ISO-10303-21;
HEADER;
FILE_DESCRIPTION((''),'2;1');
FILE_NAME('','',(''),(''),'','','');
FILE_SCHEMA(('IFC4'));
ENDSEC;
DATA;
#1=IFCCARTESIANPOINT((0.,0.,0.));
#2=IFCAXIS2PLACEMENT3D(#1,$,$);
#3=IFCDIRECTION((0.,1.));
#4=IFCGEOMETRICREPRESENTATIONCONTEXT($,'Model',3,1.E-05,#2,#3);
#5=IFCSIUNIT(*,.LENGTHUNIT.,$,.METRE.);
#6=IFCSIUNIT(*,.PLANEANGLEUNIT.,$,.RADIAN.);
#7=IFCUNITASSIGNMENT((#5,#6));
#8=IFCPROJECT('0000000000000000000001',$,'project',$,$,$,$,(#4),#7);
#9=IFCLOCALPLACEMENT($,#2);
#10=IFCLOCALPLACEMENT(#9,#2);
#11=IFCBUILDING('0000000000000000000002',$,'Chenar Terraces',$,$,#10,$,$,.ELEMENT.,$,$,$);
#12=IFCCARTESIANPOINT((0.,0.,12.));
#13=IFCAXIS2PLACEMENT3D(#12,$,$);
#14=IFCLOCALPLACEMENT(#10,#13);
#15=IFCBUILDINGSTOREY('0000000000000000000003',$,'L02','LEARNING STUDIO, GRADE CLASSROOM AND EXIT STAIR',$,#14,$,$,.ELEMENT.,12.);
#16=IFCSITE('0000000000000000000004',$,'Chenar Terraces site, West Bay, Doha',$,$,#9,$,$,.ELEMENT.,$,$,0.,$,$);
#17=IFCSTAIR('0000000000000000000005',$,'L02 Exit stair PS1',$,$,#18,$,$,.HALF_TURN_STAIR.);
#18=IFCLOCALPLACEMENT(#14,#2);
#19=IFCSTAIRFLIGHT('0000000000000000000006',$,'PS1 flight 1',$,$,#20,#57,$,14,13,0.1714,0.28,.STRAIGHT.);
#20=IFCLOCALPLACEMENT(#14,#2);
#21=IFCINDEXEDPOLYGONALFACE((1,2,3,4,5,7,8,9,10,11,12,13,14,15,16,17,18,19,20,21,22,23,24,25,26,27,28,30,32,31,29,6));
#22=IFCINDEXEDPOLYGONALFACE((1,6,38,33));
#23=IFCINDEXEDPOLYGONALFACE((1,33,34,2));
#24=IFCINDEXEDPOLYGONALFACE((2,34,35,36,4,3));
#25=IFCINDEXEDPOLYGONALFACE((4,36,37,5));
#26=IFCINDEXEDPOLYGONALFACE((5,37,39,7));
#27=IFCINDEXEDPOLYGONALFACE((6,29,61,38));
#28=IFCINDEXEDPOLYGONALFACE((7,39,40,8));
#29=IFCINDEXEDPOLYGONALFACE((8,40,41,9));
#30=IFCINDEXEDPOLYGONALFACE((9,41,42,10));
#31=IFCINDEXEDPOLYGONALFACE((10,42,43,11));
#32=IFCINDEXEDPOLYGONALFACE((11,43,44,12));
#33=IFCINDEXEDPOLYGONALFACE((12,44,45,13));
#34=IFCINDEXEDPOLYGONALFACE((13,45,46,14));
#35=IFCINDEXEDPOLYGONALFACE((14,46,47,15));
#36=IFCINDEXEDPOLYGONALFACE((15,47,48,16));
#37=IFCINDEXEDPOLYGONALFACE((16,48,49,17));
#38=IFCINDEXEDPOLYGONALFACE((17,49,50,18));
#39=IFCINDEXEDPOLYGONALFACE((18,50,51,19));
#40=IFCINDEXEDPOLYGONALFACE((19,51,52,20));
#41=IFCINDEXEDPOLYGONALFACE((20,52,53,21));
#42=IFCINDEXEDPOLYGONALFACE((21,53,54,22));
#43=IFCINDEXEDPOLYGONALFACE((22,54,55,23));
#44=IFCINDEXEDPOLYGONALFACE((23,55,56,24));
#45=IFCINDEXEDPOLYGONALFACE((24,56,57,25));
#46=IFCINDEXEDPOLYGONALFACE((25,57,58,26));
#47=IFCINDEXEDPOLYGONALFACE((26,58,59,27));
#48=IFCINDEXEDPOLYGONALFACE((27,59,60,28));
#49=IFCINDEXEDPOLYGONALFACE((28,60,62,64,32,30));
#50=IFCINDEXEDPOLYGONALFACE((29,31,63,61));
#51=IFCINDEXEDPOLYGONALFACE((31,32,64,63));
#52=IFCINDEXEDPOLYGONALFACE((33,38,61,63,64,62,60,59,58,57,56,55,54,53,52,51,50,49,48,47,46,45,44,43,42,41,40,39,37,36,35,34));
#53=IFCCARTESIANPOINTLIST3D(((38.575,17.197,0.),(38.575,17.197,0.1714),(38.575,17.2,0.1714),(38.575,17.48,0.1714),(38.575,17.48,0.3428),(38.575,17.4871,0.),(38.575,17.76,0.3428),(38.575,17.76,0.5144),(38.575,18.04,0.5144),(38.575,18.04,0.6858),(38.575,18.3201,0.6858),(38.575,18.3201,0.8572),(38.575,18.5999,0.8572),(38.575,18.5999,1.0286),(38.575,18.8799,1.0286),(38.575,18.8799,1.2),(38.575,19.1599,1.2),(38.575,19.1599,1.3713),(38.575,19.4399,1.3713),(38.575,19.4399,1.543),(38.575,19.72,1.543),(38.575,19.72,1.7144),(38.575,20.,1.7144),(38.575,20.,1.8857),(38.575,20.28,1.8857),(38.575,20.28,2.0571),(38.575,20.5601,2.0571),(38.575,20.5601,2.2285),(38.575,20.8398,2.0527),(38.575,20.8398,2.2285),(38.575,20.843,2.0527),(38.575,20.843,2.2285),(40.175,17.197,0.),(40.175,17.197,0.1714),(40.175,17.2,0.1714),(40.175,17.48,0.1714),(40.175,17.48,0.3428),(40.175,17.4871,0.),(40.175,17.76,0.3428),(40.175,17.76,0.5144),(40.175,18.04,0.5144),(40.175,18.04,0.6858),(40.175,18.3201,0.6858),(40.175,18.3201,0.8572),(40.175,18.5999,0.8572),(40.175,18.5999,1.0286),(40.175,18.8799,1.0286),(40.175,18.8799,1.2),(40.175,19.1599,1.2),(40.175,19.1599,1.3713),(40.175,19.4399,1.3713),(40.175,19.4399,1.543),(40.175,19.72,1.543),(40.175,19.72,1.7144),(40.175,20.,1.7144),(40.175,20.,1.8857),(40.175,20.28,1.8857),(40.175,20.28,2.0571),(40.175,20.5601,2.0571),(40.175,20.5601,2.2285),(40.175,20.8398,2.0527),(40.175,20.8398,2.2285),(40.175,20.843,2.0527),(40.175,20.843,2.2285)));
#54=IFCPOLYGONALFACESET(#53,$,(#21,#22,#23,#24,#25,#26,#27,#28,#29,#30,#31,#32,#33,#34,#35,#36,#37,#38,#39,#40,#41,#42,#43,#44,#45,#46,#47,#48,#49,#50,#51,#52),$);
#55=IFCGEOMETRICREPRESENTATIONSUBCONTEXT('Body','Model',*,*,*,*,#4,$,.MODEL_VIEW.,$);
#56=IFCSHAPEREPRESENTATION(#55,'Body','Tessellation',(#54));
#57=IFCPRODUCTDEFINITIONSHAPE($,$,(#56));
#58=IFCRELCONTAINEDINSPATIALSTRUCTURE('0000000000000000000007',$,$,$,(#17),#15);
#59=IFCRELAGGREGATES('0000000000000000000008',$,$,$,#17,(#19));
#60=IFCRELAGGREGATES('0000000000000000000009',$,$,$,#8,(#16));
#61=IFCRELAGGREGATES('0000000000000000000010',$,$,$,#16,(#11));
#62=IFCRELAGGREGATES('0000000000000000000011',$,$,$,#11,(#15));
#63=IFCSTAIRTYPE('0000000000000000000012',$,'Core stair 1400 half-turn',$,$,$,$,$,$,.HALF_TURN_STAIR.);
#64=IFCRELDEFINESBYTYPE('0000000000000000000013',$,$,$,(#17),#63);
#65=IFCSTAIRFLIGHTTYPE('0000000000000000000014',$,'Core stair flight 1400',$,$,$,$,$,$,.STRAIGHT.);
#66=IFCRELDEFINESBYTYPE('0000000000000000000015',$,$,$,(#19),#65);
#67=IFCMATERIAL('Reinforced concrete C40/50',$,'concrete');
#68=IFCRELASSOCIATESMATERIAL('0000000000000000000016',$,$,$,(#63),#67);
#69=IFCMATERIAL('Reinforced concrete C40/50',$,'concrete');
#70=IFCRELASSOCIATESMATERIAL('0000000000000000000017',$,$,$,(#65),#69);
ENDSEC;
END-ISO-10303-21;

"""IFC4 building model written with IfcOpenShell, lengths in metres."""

from ifc_helpers import new_model, si_unit, direction, frame, origin, place, context, subcontext, project, spatial, polyline, outline, extrude, material, type_object, element, aggregate, save


model = new_model("IFC4")

# Units and contexts
model_context = context("Model", 3, precision=1e-05, world=origin(), true_north=direction((0.0, 1.0)))
body_context = subcontext(model_context, "Body", "Model", "MODEL_VIEW")
ifc_project = project(units=[si_unit("LENGTHUNIT", "METRE"), si_unit("PLANEANGLEUNIT", "RADIAN")], contexts=[model_context])

# Site, building, storey
site_placement = place(None, origin())
site = spatial("IfcSite", under=ifc_project, at=site_placement, Name="Chenar Terraces site, West Bay, Doha", CompositionType="ELEMENT", RefElevation=0.0)
building_placement = place(site_placement, origin())
building = spatial("IfcBuilding", under=site, at=building_placement, Name="Chenar Terraces", CompositionType="ELEMENT")
storey_placement = place(building_placement, frame((0.0, 0.0, 12.0)))
storey = spatial("IfcBuildingStorey", under=building, at=storey_placement, Name="L02", Description="LEARNING STUDIO, GRADE CLASSROOM AND EXIT STAIR", CompositionType="ELEMENT", Elevation=12.0)

# Stair, stair flight
ifc_material_1 = material(Name="Reinforced concrete C40/50", Category="concrete")
stair_type = type_object("IfcStairType", Name="Core stair 1400 half-turn", PredefinedType="HALF_TURN_STAIR", material=ifc_material_1)
placement = place(storey_placement, origin())
ifc_material_2 = material(Name="Reinforced concrete C40/50", Category="concrete")
stair_flight_type = type_object("IfcStairFlightType", Name="Core stair flight 1400", PredefinedType="STRAIGHT", material=ifc_material_2)
stair_1 = element("IfcStair", 1, at=placement, inside=storey, type_object=stair_type, Name="L02 Exit stair PS1", PredefinedType="HALF_TURN_STAIR")
stair_flight_1_placement = place(storey_placement, frame((39.375, 17.2, 0.0), z_axis=(0.0, 0.0, 1.0), x_axis=(0.0, 1.0, 0.0)))
stair_flight_1 = element("IfcStairFlight", 2, at=stair_flight_1_placement, type_object=stair_flight_type, Name="PS1 flight 1", NumberOfRisers=14, NumberOfTreads=13, PredefinedType="STRAIGHT", RiserHeight=0.1714, TreadLength=0.28, context=body_context, shape_type="SweptSolid", body=[
    extrude(outline(polyline([(-0.0029, 0.0), (-0.0029, 0.1714), (0.0, 0.1714), (0.28, 0.1714), (0.28, 0.3428), (0.5601, 0.3428), (0.5601, 0.5144), (0.8401, 0.5144), (0.8401, 0.6858), (1.1201, 0.6858), (1.1201, 0.8572), (1.3999, 0.8572), (1.3999, 1.0286), (1.6799, 1.0286), (1.6799, 1.2), (1.96, 1.2), (1.96, 1.3713), (2.24, 1.3713), (2.24, 1.543), (2.52, 1.543), (2.52, 1.7144), (2.8, 1.7144), (2.8, 1.8857), (3.0801, 1.8857), (3.0801, 2.0571), (3.3601, 2.0571), (3.3601, 2.2285), (3.6399, 2.2285), (3.6431, 2.2285), (3.6431, 2.0527), (3.6399, 2.0527), (0.2871, 0.0), (-0.0029, 0.0)])), frame((0.0, 0.8, 0.0), z_axis=(0.0, -1.0, 0.0), x_axis=(1.0, 0.0, 0.0)), (0.0, 0.0, 1.0), 1.6001),
])
aggregate(stair_1, [stair_flight_1])

save(model, "model.ifc")
